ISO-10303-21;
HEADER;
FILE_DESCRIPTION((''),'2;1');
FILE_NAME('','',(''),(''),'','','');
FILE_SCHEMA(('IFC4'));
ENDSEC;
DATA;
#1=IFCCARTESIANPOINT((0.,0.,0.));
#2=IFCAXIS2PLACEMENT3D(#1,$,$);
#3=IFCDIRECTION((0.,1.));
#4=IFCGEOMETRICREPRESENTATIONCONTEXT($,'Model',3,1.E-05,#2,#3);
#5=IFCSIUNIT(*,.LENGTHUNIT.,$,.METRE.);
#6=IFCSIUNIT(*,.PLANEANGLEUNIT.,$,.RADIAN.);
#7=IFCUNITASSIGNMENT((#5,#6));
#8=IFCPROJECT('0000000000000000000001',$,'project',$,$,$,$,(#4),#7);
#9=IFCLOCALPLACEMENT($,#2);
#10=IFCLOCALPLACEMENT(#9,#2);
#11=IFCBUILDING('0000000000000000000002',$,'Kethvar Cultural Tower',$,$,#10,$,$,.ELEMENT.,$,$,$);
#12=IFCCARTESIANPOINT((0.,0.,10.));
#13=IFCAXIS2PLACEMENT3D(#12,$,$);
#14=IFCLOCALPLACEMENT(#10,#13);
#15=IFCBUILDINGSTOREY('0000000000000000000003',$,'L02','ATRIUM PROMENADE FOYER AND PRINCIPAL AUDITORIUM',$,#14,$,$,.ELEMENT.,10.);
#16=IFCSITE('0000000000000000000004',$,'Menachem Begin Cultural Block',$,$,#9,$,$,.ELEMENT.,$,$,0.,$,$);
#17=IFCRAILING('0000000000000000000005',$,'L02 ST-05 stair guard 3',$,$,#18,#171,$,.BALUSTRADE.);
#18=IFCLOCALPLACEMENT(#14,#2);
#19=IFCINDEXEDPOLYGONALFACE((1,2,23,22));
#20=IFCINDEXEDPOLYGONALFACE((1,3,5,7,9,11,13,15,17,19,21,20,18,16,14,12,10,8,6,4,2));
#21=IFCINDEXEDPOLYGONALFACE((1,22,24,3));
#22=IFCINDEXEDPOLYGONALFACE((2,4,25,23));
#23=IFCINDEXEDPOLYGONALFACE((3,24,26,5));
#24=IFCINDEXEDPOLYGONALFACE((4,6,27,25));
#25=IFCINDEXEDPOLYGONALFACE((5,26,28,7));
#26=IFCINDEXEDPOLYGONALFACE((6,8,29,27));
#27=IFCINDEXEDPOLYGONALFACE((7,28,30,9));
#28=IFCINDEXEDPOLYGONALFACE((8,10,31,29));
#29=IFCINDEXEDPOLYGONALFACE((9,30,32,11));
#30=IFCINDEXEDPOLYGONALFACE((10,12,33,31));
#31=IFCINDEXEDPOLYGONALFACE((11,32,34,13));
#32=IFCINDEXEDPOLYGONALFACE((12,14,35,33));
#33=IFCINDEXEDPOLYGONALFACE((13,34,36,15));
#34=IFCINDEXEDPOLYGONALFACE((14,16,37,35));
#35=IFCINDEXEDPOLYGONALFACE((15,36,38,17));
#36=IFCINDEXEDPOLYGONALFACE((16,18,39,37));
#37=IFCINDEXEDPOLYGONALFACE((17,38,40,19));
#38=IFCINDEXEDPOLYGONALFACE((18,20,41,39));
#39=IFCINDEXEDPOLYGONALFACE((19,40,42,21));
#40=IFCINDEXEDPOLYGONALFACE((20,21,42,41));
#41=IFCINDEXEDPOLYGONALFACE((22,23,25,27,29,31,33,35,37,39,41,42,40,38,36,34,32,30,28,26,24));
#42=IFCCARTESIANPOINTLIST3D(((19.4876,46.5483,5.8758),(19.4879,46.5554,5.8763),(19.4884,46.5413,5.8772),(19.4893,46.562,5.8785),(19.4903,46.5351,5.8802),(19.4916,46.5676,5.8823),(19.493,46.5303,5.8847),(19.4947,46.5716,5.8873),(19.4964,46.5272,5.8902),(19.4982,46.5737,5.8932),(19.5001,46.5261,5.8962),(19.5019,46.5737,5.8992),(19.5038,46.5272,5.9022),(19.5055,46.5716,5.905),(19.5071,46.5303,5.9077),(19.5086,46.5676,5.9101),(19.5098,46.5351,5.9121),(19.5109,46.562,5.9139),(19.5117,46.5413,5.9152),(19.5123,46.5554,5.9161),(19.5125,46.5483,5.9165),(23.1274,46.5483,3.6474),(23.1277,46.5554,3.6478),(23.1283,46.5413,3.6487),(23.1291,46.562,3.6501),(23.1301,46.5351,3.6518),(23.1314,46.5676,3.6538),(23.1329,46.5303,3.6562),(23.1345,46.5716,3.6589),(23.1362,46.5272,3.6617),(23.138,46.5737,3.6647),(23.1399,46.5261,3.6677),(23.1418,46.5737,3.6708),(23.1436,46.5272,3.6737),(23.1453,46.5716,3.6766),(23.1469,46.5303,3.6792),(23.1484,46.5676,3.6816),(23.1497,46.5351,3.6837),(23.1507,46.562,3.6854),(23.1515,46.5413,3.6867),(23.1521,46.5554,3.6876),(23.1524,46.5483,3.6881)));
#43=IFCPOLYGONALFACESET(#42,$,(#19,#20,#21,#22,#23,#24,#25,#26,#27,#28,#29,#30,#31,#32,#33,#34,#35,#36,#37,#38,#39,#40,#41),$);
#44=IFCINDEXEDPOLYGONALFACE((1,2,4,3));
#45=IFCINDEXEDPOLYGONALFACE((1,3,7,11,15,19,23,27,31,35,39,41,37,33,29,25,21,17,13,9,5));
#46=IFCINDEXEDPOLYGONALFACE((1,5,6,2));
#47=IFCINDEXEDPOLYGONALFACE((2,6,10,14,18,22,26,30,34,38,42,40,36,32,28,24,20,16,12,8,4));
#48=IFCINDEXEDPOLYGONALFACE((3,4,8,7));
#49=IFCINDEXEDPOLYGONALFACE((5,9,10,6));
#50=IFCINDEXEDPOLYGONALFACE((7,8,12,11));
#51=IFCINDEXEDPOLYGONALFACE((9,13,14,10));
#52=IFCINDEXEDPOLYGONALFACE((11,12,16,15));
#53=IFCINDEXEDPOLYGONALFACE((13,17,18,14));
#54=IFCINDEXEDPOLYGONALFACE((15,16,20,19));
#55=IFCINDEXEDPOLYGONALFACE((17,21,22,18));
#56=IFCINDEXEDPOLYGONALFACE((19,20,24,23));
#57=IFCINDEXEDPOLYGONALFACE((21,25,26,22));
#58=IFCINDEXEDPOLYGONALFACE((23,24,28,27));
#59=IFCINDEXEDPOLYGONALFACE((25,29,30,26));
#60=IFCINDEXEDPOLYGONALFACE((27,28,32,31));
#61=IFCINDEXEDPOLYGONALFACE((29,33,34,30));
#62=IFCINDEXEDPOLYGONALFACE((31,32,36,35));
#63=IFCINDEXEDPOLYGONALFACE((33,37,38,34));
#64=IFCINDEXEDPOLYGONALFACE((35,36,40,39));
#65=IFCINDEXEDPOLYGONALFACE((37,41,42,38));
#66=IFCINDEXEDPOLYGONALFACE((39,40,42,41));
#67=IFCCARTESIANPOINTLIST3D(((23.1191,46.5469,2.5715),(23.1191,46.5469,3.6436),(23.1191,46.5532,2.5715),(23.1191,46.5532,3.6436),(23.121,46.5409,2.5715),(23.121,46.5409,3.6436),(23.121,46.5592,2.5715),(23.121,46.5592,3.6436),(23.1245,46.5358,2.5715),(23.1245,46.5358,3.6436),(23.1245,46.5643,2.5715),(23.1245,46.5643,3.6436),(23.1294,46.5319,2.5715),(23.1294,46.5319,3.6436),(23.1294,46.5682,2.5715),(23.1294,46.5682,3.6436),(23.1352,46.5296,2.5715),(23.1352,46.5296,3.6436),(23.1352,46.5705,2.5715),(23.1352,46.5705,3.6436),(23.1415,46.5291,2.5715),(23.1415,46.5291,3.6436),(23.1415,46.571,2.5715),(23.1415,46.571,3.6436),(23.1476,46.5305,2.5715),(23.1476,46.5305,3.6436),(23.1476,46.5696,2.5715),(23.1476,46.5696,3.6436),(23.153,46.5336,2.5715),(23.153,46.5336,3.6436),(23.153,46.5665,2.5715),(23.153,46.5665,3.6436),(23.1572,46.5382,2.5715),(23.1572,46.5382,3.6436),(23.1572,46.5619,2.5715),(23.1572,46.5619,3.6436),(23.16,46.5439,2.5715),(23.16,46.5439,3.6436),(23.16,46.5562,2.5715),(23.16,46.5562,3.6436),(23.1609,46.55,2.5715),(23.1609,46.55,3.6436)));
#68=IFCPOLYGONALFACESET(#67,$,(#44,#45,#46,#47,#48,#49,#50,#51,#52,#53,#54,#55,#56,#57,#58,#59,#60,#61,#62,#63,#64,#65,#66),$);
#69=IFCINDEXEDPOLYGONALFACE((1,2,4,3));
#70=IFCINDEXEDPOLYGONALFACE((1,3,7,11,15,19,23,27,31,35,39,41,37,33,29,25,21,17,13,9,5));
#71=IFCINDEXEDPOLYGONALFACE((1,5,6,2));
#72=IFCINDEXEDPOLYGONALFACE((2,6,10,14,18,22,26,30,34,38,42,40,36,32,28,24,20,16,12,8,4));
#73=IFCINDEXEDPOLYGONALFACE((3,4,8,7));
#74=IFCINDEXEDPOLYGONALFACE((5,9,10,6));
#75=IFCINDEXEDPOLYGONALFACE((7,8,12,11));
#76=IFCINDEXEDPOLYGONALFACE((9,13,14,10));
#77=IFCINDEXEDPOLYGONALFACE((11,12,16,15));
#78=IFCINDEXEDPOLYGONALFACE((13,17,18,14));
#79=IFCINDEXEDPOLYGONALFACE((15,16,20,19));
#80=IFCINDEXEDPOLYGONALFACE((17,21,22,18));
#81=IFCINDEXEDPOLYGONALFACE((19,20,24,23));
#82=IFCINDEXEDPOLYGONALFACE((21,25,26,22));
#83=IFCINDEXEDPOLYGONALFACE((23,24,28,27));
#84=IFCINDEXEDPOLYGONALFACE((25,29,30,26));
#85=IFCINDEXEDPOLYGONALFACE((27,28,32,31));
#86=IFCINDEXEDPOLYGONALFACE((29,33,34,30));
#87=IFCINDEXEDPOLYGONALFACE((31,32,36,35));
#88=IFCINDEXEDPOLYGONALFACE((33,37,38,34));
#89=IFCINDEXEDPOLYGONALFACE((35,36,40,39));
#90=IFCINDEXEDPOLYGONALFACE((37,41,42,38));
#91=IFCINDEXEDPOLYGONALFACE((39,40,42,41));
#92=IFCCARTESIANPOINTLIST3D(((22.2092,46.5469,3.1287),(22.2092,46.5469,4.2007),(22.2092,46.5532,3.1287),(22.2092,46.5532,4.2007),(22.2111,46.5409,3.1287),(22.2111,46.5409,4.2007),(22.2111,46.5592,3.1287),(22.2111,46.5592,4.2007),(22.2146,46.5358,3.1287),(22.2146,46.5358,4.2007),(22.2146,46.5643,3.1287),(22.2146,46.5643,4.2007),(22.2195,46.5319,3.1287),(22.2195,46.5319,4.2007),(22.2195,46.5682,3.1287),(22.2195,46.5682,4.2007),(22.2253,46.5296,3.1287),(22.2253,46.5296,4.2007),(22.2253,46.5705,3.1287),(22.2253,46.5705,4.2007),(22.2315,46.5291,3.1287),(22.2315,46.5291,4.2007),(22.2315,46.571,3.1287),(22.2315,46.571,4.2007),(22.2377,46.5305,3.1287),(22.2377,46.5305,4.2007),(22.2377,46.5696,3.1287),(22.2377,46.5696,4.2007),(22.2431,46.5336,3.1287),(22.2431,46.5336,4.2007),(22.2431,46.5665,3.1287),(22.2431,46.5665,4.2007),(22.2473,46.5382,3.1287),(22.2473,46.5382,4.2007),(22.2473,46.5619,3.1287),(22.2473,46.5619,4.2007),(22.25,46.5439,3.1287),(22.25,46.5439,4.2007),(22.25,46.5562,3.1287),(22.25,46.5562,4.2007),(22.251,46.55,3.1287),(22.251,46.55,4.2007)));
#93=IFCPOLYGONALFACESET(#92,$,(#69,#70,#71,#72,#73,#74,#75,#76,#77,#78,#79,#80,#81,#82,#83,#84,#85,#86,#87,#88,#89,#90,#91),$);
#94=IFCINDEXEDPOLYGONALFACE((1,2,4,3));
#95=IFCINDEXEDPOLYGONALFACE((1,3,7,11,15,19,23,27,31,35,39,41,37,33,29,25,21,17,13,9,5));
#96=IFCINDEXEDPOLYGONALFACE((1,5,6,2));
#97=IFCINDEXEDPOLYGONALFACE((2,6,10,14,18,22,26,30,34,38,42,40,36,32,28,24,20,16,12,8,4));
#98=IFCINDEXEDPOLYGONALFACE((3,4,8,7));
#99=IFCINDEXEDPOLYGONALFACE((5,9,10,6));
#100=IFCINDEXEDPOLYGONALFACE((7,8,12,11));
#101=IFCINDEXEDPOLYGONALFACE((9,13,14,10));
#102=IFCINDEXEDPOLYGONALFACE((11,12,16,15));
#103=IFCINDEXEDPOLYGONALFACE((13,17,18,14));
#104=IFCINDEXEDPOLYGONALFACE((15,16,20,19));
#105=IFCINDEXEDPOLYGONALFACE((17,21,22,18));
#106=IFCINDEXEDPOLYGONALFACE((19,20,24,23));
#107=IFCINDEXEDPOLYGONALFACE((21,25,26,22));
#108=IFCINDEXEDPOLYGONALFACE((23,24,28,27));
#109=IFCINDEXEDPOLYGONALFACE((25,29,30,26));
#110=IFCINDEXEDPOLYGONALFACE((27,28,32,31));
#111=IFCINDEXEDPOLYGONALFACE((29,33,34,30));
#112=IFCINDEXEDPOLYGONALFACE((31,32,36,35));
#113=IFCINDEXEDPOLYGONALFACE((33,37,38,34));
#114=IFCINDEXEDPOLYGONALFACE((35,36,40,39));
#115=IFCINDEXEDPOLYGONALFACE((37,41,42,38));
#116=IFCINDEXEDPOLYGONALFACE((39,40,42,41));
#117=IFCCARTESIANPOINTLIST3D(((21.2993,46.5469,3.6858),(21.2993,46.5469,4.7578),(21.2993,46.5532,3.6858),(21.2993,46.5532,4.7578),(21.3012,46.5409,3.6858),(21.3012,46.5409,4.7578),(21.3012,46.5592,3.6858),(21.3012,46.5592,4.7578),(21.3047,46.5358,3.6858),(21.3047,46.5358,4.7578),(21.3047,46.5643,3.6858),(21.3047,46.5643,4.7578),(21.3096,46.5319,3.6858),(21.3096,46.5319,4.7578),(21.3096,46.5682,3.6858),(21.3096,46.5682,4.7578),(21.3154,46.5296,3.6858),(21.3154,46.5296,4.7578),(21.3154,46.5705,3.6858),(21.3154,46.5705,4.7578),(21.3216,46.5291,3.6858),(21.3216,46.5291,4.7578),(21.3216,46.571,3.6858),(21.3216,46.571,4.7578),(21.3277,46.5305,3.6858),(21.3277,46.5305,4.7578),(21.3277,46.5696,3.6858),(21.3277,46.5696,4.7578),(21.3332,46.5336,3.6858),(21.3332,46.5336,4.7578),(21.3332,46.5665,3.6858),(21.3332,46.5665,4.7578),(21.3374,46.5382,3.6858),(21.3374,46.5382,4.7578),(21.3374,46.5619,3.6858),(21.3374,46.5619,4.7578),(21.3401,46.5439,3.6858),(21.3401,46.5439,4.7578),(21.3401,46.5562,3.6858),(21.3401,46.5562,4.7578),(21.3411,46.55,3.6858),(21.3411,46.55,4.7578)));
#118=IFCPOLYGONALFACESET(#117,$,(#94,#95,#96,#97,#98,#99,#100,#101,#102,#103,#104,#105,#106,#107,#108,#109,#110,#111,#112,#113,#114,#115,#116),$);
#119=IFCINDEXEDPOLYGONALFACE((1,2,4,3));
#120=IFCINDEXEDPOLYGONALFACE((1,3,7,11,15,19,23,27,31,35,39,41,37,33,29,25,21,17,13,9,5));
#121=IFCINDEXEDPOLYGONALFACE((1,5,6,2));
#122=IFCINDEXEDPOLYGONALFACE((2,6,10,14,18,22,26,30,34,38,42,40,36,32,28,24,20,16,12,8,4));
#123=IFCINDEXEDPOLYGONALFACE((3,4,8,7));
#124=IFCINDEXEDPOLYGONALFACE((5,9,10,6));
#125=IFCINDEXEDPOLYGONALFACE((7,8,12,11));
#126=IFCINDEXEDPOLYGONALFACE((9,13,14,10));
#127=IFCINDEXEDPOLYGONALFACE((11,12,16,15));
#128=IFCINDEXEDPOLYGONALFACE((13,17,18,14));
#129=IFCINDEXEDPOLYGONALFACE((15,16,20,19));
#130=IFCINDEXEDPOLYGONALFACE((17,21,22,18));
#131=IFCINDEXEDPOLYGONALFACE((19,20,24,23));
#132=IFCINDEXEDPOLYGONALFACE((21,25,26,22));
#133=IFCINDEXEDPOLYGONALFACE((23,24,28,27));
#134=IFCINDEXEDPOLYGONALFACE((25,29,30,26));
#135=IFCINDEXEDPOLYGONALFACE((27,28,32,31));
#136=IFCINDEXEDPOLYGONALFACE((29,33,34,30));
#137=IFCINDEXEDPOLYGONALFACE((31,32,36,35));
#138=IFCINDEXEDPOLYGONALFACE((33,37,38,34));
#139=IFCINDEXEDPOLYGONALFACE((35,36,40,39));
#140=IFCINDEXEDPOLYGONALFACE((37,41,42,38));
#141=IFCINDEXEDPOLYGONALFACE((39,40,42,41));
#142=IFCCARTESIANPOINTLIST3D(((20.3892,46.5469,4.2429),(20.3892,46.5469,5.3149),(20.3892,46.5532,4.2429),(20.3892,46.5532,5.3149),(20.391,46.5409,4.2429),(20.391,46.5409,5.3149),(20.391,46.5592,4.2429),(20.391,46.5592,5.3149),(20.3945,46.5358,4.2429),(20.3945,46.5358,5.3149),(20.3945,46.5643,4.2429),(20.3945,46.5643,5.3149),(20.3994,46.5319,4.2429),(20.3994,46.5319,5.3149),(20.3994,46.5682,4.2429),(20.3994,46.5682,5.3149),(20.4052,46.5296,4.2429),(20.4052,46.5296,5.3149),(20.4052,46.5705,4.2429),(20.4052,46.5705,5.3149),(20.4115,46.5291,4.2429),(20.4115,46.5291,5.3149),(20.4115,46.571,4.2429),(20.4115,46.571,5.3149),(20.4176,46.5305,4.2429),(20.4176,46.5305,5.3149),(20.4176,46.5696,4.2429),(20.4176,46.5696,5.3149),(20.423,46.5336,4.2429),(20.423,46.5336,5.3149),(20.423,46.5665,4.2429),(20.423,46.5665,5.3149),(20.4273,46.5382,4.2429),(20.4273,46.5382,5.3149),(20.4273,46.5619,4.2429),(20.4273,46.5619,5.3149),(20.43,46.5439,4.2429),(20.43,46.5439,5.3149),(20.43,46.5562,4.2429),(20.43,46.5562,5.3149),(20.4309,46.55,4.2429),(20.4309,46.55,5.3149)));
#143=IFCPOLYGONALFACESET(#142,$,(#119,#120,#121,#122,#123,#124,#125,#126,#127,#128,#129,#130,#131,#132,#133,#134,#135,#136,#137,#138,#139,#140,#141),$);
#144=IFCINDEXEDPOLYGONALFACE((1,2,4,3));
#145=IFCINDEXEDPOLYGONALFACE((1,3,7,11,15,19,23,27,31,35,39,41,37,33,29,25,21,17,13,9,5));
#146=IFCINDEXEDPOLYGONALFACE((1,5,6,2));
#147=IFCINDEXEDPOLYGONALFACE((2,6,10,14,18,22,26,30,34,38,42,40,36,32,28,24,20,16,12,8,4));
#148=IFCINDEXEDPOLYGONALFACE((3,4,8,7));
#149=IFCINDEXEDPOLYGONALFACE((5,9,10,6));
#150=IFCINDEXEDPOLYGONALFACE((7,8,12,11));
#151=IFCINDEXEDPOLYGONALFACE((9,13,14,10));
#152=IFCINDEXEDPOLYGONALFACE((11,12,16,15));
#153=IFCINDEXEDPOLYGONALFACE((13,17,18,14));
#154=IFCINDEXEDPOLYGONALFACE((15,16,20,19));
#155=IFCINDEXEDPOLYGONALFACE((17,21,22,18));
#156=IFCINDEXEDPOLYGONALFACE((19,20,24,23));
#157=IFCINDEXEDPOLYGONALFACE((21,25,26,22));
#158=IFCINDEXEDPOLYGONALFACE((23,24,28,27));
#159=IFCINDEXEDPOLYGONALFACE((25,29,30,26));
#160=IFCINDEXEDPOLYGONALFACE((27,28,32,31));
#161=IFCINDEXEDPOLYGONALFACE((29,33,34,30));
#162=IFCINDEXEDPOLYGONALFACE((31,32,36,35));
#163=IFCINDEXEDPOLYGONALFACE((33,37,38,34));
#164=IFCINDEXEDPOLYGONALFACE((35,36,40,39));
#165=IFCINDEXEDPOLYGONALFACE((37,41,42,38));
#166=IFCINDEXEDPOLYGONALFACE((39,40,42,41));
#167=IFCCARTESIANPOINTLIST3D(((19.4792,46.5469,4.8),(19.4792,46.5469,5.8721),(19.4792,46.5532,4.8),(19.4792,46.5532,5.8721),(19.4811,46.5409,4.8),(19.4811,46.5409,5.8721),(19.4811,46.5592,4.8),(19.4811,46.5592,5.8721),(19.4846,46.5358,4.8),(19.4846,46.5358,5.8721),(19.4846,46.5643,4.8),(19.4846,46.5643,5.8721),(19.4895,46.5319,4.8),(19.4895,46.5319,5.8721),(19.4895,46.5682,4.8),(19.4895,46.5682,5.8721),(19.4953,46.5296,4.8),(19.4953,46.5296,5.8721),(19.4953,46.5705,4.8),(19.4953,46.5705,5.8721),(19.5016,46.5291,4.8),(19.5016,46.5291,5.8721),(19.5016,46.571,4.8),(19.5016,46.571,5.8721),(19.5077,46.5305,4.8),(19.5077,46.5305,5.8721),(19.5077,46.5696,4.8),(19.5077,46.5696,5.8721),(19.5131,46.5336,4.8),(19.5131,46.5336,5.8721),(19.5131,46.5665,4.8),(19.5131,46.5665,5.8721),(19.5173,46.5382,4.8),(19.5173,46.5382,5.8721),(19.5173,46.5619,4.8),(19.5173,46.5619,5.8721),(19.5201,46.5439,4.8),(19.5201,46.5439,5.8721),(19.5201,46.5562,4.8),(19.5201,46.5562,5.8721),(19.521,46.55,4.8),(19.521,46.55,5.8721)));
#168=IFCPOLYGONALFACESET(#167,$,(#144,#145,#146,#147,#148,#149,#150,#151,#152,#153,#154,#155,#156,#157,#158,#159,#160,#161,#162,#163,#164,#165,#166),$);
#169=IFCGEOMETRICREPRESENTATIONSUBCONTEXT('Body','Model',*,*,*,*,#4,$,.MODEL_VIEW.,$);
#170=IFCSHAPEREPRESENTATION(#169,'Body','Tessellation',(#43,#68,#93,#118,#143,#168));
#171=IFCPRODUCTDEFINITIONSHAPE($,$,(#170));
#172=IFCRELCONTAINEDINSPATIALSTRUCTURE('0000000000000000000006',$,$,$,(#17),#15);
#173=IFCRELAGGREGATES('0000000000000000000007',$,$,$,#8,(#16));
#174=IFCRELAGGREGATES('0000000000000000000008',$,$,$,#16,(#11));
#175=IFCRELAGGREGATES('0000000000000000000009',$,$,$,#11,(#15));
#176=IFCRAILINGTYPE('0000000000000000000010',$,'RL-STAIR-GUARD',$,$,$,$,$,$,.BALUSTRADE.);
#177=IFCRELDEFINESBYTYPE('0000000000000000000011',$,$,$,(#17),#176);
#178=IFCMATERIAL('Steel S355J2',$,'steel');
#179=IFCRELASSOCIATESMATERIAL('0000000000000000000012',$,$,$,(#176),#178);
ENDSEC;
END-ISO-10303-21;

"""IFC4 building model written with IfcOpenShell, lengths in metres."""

from ifc_helpers import new_model, si_unit, direction, frame, origin, origin_2d, place, context, subcontext, project, spatial, circle, extrude, material, type_object, element, save


model = new_model("IFC4")

# Units and contexts
model_context = context("Model", 3, precision=1e-05, world=origin(), true_north=direction((0.0, 1.0)))
body_context = subcontext(model_context, "Body", "Model", "MODEL_VIEW")
ifc_project = project(units=[si_unit("LENGTHUNIT", "METRE"), si_unit("PLANEANGLEUNIT", "RADIAN")], contexts=[model_context])

# Site, building, storey
site_placement = place(None, origin())
site = spatial("IfcSite", under=ifc_project, at=site_placement, Name="Menachem Begin Cultural Block", CompositionType="ELEMENT", RefElevation=0.0)
building_placement = place(site_placement, origin())
building = spatial("IfcBuilding", under=site, at=building_placement, Name="Kethvar Cultural Tower", CompositionType="ELEMENT")
storey_placement = place(building_placement, frame((0.0, 0.0, 10.0)))
storey = spatial("IfcBuildingStorey", under=building, at=storey_placement, Name="L02", Description="ATRIUM PROMENADE FOYER AND PRINCIPAL AUDITORIUM", CompositionType="ELEMENT", Elevation=10.0)

# Railing
ifc_material_1 = material(Name="Steel S355J2", Category="steel")
railing_type_1 = type_object("IfcRailingType", Name="RL-STAIR-GUARD", PredefinedType="BALUSTRADE", material=ifc_material_1)
railing_1_placement = place(storey_placement, frame((23.1399, 46.55, 2.5715)))
element("IfcRailing", 1, at=railing_1_placement, inside=storey, type_object=railing_type_1, Name="L02 ST-05 stair guard 3", PredefinedType="BALUSTRADE", context=body_context, shape_type="SweptSolid", body=[
    extrude(circle(Radius=0.0239, at=origin_2d()), frame((0.0, 0.0, 1.0962), z_axis=(-0.85285, 0.0, 0.522156), x_axis=(0.0, -1.0, 0.0)), (0.0, 0.0, 1.0), 4.2678),
    extrude(circle(Radius=0.021, at=origin_2d()), origin(), (0.0, 0.0, 1.0), 1.072),
    extrude(circle(Radius=0.021, at=origin_2d()), frame((-0.9099, 0.0, 0.5571)), (0.0, 0.0, 1.0), 1.072),
    extrude(circle(Radius=0.021, at=origin_2d()), frame((-1.8198, 0.0, 1.1143)), (0.0, 0.0, 1.0), 1.072),
    extrude(circle(Radius=0.021, at=origin_2d()), frame((-2.73, 0.0, 1.6714)), (0.0, 0.0, 1.0), 1.072),
    extrude(circle(Radius=0.021, at=origin_2d()), frame((-3.6399, 0.0, 2.2285)), (0.0, 0.0, 1.0), 1.072),
])

save(model, "model.ifc")
